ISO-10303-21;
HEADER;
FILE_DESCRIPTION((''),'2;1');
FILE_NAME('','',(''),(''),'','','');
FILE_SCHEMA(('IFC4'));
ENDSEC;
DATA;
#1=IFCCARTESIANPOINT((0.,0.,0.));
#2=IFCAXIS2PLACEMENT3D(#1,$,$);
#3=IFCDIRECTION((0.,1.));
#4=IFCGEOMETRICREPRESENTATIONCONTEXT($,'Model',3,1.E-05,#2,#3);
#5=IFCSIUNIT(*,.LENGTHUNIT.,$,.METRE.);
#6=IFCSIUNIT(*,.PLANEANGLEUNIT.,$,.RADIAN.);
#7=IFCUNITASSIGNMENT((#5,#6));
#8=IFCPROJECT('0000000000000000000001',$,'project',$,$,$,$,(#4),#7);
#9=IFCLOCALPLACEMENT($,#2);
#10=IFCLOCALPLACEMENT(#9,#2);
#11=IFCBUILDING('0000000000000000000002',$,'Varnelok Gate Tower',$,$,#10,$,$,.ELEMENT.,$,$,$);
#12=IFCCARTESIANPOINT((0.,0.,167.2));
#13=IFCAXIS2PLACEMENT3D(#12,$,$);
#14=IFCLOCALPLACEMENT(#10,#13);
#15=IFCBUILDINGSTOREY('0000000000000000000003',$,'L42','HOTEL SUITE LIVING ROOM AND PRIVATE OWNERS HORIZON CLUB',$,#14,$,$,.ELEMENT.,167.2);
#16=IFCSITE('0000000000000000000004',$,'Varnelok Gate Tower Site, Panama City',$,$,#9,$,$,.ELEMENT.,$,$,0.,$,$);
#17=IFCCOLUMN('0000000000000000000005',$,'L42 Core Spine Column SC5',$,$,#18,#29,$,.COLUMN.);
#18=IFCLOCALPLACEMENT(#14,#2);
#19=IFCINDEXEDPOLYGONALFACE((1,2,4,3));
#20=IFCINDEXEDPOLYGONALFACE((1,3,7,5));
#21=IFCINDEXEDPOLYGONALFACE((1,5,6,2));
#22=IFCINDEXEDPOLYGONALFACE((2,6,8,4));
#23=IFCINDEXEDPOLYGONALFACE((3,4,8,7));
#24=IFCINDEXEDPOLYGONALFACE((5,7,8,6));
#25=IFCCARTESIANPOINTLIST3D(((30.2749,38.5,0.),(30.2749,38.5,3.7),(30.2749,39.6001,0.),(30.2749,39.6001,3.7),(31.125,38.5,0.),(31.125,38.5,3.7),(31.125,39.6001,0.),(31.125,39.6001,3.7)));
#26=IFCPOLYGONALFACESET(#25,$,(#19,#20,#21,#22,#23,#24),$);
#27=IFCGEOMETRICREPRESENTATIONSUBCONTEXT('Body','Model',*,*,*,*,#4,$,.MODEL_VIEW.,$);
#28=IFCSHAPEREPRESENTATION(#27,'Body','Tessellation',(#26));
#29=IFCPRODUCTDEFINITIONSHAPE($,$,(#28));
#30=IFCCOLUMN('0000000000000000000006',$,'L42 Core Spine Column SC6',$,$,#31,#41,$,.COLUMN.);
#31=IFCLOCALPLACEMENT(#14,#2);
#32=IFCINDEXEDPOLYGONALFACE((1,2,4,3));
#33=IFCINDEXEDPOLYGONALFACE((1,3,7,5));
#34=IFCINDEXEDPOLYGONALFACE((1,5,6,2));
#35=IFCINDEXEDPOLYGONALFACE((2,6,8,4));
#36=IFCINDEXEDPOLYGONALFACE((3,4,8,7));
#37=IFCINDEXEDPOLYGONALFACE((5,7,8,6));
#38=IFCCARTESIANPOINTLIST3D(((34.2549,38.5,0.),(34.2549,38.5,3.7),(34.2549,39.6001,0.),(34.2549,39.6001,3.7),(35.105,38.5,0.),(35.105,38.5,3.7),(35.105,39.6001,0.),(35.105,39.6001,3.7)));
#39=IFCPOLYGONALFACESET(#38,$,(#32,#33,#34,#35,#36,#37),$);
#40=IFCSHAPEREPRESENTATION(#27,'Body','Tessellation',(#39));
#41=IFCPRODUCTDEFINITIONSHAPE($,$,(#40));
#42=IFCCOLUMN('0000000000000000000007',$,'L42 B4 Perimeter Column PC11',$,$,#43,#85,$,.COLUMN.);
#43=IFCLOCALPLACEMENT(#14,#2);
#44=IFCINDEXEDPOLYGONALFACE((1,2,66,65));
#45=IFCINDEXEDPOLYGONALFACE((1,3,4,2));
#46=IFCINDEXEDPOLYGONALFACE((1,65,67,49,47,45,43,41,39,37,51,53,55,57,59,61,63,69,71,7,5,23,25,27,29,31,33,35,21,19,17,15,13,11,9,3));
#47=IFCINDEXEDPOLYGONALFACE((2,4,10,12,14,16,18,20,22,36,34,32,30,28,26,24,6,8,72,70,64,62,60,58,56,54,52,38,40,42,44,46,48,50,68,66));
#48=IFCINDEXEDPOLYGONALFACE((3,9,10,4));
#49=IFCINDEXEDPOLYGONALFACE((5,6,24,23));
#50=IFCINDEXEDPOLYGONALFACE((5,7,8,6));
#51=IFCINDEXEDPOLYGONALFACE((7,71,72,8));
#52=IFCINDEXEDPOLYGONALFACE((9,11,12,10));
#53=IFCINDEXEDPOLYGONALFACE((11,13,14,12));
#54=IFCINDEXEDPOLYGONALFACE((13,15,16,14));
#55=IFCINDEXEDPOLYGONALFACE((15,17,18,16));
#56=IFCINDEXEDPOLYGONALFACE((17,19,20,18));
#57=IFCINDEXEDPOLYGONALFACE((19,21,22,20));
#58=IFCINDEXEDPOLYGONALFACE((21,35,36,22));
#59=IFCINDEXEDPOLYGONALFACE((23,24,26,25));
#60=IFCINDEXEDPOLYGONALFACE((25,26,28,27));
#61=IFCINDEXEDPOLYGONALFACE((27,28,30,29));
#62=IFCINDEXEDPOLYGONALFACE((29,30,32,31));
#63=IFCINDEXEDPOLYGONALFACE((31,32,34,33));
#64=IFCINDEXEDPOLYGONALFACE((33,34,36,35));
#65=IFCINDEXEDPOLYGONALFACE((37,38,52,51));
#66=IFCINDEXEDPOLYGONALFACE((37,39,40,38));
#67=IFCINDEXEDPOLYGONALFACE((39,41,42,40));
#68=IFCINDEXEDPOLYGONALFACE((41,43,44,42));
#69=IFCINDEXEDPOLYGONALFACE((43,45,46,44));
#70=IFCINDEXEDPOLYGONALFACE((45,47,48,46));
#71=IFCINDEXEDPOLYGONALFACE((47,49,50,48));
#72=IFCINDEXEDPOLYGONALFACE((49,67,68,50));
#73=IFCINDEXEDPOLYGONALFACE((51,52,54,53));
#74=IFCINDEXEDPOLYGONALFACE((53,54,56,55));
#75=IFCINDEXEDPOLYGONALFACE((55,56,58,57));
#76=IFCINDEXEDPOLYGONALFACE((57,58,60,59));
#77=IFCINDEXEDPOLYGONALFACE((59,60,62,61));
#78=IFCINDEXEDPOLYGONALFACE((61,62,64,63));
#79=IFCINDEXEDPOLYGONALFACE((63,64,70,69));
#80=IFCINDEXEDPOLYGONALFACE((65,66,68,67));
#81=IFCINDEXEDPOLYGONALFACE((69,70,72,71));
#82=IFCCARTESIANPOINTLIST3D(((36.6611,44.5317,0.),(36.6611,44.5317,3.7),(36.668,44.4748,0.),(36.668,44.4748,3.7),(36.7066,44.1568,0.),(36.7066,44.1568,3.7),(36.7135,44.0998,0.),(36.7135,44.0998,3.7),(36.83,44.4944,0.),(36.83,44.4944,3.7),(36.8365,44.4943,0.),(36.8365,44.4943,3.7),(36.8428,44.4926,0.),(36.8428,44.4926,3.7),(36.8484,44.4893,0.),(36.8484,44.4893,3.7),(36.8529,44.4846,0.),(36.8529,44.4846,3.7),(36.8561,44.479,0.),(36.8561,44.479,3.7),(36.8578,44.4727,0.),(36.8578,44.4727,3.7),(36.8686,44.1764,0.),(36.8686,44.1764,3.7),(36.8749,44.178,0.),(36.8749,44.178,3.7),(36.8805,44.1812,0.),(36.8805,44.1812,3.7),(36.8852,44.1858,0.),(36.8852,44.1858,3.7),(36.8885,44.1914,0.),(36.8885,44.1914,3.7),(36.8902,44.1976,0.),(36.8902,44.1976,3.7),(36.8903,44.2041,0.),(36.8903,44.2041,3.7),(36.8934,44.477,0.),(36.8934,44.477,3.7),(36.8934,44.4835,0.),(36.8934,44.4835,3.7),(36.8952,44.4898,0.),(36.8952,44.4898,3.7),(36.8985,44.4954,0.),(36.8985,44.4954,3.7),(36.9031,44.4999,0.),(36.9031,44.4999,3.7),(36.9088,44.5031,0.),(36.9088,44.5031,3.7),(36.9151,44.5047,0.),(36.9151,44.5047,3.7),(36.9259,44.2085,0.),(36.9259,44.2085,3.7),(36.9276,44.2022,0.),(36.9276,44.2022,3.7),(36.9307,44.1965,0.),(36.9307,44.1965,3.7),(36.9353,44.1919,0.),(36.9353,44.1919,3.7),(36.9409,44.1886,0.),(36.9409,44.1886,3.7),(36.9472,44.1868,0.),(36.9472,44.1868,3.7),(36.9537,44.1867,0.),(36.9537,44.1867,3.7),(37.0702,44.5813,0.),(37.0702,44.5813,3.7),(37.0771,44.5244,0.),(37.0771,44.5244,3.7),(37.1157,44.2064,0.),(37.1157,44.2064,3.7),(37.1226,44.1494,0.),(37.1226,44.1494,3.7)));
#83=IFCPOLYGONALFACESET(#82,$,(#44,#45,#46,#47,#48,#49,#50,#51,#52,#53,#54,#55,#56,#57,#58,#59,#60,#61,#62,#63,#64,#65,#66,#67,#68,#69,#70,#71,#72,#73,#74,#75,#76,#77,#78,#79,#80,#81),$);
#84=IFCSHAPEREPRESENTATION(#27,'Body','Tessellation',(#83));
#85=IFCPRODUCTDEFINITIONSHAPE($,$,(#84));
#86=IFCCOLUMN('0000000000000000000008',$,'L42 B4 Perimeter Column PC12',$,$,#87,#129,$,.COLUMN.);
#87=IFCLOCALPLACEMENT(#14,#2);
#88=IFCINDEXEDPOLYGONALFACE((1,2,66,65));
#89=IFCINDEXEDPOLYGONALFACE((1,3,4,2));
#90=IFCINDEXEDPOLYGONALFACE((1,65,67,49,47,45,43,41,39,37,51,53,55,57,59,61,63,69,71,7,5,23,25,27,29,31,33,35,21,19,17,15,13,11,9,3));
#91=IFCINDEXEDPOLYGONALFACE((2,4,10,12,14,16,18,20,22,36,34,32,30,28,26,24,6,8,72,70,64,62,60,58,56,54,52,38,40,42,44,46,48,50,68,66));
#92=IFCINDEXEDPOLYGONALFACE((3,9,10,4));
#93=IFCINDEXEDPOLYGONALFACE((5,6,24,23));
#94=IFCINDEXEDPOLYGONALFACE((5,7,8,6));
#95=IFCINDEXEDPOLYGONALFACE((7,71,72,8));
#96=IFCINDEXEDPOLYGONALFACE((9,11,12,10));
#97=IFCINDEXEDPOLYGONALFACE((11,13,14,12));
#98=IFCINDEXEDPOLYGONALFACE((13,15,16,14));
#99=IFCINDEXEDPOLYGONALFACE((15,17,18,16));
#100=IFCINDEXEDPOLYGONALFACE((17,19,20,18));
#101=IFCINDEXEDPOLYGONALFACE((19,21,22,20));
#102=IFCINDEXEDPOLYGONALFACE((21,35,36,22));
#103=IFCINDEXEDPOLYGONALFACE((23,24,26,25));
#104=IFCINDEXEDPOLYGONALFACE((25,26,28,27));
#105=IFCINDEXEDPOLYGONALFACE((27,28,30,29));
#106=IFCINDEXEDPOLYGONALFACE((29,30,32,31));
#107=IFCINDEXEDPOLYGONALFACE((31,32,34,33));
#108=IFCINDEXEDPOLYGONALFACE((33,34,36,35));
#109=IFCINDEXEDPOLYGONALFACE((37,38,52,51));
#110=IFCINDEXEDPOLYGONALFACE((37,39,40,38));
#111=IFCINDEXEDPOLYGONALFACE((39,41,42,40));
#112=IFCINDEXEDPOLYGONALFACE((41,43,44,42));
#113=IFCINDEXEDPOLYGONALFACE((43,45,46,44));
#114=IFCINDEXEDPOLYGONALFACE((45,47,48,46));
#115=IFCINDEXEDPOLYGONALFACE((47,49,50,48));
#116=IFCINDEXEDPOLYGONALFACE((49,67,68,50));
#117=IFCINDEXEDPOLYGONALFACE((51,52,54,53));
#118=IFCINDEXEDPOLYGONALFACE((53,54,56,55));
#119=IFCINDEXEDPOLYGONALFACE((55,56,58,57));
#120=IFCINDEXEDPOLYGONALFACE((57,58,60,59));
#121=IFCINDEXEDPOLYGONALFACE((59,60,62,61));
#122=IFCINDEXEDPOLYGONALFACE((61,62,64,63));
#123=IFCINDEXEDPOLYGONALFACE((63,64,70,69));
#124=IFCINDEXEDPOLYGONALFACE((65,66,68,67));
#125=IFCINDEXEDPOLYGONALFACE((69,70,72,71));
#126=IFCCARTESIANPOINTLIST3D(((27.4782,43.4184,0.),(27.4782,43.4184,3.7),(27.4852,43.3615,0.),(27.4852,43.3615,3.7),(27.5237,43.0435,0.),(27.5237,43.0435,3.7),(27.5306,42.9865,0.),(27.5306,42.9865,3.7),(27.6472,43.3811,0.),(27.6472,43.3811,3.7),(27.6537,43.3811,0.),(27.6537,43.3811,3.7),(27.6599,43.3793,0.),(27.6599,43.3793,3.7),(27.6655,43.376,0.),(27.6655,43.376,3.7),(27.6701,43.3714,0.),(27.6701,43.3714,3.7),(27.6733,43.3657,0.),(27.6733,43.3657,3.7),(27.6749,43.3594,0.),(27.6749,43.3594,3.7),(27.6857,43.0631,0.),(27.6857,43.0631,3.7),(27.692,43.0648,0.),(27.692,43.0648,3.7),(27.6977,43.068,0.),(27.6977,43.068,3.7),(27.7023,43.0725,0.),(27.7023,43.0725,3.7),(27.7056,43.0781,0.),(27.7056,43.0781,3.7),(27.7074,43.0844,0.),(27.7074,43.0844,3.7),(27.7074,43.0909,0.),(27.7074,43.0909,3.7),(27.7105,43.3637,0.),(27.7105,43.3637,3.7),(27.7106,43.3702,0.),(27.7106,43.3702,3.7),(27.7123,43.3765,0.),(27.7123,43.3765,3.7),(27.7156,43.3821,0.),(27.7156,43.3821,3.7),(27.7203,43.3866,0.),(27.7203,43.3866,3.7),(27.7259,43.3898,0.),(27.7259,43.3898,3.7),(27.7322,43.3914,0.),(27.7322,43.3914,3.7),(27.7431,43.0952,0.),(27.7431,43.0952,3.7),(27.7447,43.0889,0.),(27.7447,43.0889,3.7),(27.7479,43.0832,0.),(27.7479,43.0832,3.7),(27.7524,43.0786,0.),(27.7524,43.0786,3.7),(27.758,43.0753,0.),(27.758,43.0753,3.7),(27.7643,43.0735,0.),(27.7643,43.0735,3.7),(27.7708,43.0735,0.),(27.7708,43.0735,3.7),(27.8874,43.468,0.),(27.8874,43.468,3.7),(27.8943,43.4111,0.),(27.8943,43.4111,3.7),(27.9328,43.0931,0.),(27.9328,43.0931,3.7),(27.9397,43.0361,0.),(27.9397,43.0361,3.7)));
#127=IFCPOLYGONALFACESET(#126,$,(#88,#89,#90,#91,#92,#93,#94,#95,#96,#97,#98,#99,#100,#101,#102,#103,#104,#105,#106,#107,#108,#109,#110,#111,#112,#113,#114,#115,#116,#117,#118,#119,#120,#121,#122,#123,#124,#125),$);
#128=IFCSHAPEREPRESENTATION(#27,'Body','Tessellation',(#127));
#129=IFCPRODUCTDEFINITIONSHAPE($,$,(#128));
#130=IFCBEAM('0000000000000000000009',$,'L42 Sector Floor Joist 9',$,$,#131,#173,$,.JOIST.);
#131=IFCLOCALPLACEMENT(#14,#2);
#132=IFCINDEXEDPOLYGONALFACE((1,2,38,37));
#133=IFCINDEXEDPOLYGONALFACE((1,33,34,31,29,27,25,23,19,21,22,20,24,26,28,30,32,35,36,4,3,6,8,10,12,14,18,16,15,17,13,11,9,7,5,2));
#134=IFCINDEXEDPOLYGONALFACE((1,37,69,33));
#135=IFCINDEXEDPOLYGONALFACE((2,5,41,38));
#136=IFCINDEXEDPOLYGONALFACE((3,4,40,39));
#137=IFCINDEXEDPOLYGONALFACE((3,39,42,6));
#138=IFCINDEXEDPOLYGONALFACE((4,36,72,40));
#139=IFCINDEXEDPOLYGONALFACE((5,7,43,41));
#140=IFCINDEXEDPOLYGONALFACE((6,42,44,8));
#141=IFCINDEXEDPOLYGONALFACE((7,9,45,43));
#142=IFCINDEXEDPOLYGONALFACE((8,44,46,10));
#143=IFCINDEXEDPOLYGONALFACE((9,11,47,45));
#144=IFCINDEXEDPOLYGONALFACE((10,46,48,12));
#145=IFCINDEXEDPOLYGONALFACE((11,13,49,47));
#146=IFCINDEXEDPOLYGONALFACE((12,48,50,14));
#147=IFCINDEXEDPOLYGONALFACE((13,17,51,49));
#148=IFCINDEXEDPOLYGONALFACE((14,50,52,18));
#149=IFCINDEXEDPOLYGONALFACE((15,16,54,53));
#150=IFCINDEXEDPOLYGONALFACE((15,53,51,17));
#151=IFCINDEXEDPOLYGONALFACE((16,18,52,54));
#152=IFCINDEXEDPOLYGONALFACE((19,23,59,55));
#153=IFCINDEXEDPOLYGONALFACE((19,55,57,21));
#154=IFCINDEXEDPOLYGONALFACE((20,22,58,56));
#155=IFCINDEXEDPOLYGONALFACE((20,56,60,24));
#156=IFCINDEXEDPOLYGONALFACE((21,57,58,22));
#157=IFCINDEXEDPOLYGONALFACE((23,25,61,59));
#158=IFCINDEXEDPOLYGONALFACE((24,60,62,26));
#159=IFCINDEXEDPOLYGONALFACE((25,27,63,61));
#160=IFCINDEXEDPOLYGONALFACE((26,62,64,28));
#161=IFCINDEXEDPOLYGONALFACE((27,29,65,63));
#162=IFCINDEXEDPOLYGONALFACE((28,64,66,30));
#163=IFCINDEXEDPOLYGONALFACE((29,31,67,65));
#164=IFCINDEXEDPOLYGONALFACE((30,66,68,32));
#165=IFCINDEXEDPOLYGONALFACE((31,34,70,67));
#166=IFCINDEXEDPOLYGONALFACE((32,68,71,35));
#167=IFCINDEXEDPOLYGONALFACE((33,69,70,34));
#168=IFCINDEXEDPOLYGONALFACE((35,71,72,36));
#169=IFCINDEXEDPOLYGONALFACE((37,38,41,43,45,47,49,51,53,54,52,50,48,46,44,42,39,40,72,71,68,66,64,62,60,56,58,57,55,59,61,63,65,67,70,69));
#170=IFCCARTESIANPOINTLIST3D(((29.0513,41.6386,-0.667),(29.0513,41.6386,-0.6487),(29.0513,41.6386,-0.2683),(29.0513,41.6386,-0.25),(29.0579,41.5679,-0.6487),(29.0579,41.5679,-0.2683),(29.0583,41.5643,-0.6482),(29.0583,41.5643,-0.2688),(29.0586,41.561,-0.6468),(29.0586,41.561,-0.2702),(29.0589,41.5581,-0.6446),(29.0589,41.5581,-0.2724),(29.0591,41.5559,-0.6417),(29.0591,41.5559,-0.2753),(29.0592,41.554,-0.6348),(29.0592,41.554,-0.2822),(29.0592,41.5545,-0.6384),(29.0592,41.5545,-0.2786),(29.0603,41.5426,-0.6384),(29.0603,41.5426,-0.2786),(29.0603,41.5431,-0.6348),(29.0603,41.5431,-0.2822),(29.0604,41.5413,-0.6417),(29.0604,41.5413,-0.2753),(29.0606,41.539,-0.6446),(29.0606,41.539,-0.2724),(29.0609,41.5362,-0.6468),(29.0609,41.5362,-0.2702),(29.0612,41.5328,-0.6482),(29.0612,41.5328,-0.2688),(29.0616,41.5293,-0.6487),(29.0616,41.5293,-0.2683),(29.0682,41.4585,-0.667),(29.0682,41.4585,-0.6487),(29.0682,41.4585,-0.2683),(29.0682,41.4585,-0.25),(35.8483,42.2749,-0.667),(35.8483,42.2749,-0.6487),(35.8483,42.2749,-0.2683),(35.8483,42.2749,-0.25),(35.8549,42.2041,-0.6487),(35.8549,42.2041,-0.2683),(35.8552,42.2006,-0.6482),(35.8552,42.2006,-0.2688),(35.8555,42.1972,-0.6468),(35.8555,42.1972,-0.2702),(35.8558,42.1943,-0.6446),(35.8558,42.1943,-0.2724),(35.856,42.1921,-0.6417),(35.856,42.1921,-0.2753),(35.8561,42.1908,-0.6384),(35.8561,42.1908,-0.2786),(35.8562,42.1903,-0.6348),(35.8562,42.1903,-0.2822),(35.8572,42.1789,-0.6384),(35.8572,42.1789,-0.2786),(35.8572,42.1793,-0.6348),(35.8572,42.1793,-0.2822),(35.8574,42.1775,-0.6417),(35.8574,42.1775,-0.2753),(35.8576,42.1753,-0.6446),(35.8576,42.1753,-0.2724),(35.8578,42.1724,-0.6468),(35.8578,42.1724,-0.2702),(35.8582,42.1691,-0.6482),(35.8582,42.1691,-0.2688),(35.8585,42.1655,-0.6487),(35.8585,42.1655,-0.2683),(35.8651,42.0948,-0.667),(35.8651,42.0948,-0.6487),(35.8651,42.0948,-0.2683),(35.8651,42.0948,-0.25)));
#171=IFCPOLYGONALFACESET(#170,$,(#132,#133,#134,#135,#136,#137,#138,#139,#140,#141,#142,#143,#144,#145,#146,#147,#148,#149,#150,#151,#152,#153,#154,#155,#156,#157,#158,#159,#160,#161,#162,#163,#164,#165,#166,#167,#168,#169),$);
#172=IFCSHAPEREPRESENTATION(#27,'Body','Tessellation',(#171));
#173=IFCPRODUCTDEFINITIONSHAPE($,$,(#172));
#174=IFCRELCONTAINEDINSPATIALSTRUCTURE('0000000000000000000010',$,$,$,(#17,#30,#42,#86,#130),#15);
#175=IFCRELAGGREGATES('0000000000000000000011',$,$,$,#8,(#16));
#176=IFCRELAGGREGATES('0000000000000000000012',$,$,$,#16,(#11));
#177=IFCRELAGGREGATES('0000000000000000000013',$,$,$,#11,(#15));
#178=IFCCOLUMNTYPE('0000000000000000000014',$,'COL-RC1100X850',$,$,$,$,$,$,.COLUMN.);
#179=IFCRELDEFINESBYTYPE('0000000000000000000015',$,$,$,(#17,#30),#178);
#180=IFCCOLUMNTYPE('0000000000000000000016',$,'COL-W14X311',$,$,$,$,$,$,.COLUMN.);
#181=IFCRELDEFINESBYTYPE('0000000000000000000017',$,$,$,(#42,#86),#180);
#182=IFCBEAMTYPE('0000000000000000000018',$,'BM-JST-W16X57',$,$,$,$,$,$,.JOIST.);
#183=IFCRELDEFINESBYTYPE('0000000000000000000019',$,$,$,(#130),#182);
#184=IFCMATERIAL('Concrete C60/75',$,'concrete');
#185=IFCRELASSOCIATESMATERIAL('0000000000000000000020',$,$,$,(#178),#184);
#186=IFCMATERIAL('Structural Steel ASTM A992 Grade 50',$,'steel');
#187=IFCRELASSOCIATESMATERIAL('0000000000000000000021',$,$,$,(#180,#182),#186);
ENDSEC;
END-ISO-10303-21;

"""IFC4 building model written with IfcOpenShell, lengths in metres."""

from ifc_helpers import new_model, si_unit, direction, frame, origin, origin_2d, place, context, subcontext, project, spatial, rectangle, i_section, extrude, material, material_profile, profile_set, type_object, element, save


model = new_model("IFC4")

# Units and contexts
model_context = context("Model", 3, precision=1e-05, world=origin(), true_north=direction((0.0, 1.0)))
body_context = subcontext(model_context, "Body", "Model", "MODEL_VIEW")
ifc_project = project(units=[si_unit("LENGTHUNIT", "METRE"), si_unit("PLANEANGLEUNIT", "RADIAN")], contexts=[model_context])

# Site, building, storey
site_placement = place(None, origin())
site = spatial("IfcSite", under=ifc_project, at=site_placement, Name="Varnelok Gate Tower Site, Panama City", CompositionType="ELEMENT", RefElevation=0.0)
building_placement = place(site_placement, origin())
building = spatial("IfcBuilding", under=site, at=building_placement, Name="Varnelok Gate Tower", CompositionType="ELEMENT")
storey_placement = place(building_placement, frame((0.0, 0.0, 167.2)))
storey = spatial("IfcBuildingStorey", under=building, at=storey_placement, Name="L42", Description="HOTEL SUITE LIVING ROOM AND PRIVATE OWNERS HORIZON CLUB", CompositionType="ELEMENT", Elevation=167.2)

# Columns
ifc_material_1 = material(Name="Concrete C60/75", Category="concrete")
ifc_material_profile_1 = material_profile(ifc_material_1, rectangle(XDim=0.8501, YDim=1.1001, at=origin_2d()), Name="RC1100X850")
ifc_profile_set_1 = profile_set([ifc_material_profile_1], Name="Concrete C60/75")
column_type_1 = type_object("IfcColumnType", Name="COL-RC1100X850", PredefinedType="COLUMN", material=ifc_profile_set_1)
for number, where, z_axis, x_axis, name in (
    (1, (30.7, 39.05, 0.0), (0.0, 0.0, 1.0), (1.0, 0.0, 0.0), "L42 Core Spine Column SC5"),
    (2, (34.6799, 39.05, 0.0), (0.0, 0.0, 1.0), (1.0, 0.0, 0.0), "L42 Core Spine Column SC6"),
):
    element("IfcColumn", number, at=place(storey_placement, frame(where, z_axis=z_axis, x_axis=x_axis)), inside=storey, type_object=column_type_1, Name=name, PredefinedType="COLUMN", context=body_context, shape_type="SweptSolid", body=[
        extrude(rectangle(XDim=0.8501, YDim=1.1001, at=origin_2d()), origin(), (0.0, 0.0, 1.0), 3.7),
    ])
ifc_material_2 = material(Name="Structural Steel ASTM A992 Grade 50", Category="steel")
ifc_material_profile_2 = material_profile(ifc_material_2, i_section(OverallWidth=0.4121, OverallDepth=0.4351, WebThickness=0.0359, FlangeThickness=0.0574, FilletRadius=0.0249, at=origin_2d()), Name="W14X311")
ifc_profile_set_2 = profile_set([ifc_material_profile_2], Name="Structural Steel ASTM A992 Grade 50")
column_type_2 = type_object("IfcColumnType", Name="COL-W14X311", PredefinedType="COLUMN", material=ifc_profile_set_2)
for number, where, z_axis, x_axis, name in (
    (3, (36.8918, 44.3406, 0.0), (0.0, 0.0, 1.0), (0.992732, 0.120345, 0.0), "L42 B4 Perimeter Column PC11"),
    (4, (27.709, 43.2273, 0.0), (0.0, 0.0, 1.0), (0.992732, 0.120345, 0.0), "L42 B4 Perimeter Column PC12"),
):
    element("IfcColumn", number, at=place(storey_placement, frame(where, z_axis=z_axis, x_axis=x_axis)), inside=storey, type_object=column_type_2, Name=name, PredefinedType="COLUMN", context=body_context, shape_type="SweptSolid", body=[
        extrude(i_section(OverallWidth=0.4121, OverallDepth=0.4351, WebThickness=0.0359, FlangeThickness=0.0574, FilletRadius=0.0249, at=origin_2d()), origin(), (0.0, 0.0, 1.0), 3.7),
    ])

# Beam
ifc_material_profile_3 = material_profile(ifc_material_2, i_section(OverallWidth=0.1809, OverallDepth=0.417, WebThickness=0.011, FlangeThickness=0.0183, FilletRadius=0.0139, at=origin_2d()), Name="W16X57")
ifc_profile_set_3 = profile_set([ifc_material_profile_3], Name="Structural Steel ASTM A992 Grade 50")
beam_type_1 = type_object("IfcBeamType", Name="BM-JST-W16X57", PredefinedType="JOIST", material=ifc_profile_set_3)
beam_1_placement = place(storey_placement, frame((35.8567, 42.1848, -0.4585), z_axis=(-0.995648, -0.093199, 0.0), x_axis=(0.093199, -0.995648, 0.0)))
element("IfcBeam", 5, at=beam_1_placement, inside=storey, type_object=beam_type_1, Name="L42 Sector Floor Joist 9", PredefinedType="JOIST", context=body_context, shape_type="SweptSolid", body=[
    extrude(i_section(OverallWidth=0.1809, OverallDepth=0.417, WebThickness=0.011, FlangeThickness=0.0183, FilletRadius=0.0139, at=origin_2d()), origin(), (0.0, 0.0, 1.0), 6.8267),
])

save(model, "model.ifc")
